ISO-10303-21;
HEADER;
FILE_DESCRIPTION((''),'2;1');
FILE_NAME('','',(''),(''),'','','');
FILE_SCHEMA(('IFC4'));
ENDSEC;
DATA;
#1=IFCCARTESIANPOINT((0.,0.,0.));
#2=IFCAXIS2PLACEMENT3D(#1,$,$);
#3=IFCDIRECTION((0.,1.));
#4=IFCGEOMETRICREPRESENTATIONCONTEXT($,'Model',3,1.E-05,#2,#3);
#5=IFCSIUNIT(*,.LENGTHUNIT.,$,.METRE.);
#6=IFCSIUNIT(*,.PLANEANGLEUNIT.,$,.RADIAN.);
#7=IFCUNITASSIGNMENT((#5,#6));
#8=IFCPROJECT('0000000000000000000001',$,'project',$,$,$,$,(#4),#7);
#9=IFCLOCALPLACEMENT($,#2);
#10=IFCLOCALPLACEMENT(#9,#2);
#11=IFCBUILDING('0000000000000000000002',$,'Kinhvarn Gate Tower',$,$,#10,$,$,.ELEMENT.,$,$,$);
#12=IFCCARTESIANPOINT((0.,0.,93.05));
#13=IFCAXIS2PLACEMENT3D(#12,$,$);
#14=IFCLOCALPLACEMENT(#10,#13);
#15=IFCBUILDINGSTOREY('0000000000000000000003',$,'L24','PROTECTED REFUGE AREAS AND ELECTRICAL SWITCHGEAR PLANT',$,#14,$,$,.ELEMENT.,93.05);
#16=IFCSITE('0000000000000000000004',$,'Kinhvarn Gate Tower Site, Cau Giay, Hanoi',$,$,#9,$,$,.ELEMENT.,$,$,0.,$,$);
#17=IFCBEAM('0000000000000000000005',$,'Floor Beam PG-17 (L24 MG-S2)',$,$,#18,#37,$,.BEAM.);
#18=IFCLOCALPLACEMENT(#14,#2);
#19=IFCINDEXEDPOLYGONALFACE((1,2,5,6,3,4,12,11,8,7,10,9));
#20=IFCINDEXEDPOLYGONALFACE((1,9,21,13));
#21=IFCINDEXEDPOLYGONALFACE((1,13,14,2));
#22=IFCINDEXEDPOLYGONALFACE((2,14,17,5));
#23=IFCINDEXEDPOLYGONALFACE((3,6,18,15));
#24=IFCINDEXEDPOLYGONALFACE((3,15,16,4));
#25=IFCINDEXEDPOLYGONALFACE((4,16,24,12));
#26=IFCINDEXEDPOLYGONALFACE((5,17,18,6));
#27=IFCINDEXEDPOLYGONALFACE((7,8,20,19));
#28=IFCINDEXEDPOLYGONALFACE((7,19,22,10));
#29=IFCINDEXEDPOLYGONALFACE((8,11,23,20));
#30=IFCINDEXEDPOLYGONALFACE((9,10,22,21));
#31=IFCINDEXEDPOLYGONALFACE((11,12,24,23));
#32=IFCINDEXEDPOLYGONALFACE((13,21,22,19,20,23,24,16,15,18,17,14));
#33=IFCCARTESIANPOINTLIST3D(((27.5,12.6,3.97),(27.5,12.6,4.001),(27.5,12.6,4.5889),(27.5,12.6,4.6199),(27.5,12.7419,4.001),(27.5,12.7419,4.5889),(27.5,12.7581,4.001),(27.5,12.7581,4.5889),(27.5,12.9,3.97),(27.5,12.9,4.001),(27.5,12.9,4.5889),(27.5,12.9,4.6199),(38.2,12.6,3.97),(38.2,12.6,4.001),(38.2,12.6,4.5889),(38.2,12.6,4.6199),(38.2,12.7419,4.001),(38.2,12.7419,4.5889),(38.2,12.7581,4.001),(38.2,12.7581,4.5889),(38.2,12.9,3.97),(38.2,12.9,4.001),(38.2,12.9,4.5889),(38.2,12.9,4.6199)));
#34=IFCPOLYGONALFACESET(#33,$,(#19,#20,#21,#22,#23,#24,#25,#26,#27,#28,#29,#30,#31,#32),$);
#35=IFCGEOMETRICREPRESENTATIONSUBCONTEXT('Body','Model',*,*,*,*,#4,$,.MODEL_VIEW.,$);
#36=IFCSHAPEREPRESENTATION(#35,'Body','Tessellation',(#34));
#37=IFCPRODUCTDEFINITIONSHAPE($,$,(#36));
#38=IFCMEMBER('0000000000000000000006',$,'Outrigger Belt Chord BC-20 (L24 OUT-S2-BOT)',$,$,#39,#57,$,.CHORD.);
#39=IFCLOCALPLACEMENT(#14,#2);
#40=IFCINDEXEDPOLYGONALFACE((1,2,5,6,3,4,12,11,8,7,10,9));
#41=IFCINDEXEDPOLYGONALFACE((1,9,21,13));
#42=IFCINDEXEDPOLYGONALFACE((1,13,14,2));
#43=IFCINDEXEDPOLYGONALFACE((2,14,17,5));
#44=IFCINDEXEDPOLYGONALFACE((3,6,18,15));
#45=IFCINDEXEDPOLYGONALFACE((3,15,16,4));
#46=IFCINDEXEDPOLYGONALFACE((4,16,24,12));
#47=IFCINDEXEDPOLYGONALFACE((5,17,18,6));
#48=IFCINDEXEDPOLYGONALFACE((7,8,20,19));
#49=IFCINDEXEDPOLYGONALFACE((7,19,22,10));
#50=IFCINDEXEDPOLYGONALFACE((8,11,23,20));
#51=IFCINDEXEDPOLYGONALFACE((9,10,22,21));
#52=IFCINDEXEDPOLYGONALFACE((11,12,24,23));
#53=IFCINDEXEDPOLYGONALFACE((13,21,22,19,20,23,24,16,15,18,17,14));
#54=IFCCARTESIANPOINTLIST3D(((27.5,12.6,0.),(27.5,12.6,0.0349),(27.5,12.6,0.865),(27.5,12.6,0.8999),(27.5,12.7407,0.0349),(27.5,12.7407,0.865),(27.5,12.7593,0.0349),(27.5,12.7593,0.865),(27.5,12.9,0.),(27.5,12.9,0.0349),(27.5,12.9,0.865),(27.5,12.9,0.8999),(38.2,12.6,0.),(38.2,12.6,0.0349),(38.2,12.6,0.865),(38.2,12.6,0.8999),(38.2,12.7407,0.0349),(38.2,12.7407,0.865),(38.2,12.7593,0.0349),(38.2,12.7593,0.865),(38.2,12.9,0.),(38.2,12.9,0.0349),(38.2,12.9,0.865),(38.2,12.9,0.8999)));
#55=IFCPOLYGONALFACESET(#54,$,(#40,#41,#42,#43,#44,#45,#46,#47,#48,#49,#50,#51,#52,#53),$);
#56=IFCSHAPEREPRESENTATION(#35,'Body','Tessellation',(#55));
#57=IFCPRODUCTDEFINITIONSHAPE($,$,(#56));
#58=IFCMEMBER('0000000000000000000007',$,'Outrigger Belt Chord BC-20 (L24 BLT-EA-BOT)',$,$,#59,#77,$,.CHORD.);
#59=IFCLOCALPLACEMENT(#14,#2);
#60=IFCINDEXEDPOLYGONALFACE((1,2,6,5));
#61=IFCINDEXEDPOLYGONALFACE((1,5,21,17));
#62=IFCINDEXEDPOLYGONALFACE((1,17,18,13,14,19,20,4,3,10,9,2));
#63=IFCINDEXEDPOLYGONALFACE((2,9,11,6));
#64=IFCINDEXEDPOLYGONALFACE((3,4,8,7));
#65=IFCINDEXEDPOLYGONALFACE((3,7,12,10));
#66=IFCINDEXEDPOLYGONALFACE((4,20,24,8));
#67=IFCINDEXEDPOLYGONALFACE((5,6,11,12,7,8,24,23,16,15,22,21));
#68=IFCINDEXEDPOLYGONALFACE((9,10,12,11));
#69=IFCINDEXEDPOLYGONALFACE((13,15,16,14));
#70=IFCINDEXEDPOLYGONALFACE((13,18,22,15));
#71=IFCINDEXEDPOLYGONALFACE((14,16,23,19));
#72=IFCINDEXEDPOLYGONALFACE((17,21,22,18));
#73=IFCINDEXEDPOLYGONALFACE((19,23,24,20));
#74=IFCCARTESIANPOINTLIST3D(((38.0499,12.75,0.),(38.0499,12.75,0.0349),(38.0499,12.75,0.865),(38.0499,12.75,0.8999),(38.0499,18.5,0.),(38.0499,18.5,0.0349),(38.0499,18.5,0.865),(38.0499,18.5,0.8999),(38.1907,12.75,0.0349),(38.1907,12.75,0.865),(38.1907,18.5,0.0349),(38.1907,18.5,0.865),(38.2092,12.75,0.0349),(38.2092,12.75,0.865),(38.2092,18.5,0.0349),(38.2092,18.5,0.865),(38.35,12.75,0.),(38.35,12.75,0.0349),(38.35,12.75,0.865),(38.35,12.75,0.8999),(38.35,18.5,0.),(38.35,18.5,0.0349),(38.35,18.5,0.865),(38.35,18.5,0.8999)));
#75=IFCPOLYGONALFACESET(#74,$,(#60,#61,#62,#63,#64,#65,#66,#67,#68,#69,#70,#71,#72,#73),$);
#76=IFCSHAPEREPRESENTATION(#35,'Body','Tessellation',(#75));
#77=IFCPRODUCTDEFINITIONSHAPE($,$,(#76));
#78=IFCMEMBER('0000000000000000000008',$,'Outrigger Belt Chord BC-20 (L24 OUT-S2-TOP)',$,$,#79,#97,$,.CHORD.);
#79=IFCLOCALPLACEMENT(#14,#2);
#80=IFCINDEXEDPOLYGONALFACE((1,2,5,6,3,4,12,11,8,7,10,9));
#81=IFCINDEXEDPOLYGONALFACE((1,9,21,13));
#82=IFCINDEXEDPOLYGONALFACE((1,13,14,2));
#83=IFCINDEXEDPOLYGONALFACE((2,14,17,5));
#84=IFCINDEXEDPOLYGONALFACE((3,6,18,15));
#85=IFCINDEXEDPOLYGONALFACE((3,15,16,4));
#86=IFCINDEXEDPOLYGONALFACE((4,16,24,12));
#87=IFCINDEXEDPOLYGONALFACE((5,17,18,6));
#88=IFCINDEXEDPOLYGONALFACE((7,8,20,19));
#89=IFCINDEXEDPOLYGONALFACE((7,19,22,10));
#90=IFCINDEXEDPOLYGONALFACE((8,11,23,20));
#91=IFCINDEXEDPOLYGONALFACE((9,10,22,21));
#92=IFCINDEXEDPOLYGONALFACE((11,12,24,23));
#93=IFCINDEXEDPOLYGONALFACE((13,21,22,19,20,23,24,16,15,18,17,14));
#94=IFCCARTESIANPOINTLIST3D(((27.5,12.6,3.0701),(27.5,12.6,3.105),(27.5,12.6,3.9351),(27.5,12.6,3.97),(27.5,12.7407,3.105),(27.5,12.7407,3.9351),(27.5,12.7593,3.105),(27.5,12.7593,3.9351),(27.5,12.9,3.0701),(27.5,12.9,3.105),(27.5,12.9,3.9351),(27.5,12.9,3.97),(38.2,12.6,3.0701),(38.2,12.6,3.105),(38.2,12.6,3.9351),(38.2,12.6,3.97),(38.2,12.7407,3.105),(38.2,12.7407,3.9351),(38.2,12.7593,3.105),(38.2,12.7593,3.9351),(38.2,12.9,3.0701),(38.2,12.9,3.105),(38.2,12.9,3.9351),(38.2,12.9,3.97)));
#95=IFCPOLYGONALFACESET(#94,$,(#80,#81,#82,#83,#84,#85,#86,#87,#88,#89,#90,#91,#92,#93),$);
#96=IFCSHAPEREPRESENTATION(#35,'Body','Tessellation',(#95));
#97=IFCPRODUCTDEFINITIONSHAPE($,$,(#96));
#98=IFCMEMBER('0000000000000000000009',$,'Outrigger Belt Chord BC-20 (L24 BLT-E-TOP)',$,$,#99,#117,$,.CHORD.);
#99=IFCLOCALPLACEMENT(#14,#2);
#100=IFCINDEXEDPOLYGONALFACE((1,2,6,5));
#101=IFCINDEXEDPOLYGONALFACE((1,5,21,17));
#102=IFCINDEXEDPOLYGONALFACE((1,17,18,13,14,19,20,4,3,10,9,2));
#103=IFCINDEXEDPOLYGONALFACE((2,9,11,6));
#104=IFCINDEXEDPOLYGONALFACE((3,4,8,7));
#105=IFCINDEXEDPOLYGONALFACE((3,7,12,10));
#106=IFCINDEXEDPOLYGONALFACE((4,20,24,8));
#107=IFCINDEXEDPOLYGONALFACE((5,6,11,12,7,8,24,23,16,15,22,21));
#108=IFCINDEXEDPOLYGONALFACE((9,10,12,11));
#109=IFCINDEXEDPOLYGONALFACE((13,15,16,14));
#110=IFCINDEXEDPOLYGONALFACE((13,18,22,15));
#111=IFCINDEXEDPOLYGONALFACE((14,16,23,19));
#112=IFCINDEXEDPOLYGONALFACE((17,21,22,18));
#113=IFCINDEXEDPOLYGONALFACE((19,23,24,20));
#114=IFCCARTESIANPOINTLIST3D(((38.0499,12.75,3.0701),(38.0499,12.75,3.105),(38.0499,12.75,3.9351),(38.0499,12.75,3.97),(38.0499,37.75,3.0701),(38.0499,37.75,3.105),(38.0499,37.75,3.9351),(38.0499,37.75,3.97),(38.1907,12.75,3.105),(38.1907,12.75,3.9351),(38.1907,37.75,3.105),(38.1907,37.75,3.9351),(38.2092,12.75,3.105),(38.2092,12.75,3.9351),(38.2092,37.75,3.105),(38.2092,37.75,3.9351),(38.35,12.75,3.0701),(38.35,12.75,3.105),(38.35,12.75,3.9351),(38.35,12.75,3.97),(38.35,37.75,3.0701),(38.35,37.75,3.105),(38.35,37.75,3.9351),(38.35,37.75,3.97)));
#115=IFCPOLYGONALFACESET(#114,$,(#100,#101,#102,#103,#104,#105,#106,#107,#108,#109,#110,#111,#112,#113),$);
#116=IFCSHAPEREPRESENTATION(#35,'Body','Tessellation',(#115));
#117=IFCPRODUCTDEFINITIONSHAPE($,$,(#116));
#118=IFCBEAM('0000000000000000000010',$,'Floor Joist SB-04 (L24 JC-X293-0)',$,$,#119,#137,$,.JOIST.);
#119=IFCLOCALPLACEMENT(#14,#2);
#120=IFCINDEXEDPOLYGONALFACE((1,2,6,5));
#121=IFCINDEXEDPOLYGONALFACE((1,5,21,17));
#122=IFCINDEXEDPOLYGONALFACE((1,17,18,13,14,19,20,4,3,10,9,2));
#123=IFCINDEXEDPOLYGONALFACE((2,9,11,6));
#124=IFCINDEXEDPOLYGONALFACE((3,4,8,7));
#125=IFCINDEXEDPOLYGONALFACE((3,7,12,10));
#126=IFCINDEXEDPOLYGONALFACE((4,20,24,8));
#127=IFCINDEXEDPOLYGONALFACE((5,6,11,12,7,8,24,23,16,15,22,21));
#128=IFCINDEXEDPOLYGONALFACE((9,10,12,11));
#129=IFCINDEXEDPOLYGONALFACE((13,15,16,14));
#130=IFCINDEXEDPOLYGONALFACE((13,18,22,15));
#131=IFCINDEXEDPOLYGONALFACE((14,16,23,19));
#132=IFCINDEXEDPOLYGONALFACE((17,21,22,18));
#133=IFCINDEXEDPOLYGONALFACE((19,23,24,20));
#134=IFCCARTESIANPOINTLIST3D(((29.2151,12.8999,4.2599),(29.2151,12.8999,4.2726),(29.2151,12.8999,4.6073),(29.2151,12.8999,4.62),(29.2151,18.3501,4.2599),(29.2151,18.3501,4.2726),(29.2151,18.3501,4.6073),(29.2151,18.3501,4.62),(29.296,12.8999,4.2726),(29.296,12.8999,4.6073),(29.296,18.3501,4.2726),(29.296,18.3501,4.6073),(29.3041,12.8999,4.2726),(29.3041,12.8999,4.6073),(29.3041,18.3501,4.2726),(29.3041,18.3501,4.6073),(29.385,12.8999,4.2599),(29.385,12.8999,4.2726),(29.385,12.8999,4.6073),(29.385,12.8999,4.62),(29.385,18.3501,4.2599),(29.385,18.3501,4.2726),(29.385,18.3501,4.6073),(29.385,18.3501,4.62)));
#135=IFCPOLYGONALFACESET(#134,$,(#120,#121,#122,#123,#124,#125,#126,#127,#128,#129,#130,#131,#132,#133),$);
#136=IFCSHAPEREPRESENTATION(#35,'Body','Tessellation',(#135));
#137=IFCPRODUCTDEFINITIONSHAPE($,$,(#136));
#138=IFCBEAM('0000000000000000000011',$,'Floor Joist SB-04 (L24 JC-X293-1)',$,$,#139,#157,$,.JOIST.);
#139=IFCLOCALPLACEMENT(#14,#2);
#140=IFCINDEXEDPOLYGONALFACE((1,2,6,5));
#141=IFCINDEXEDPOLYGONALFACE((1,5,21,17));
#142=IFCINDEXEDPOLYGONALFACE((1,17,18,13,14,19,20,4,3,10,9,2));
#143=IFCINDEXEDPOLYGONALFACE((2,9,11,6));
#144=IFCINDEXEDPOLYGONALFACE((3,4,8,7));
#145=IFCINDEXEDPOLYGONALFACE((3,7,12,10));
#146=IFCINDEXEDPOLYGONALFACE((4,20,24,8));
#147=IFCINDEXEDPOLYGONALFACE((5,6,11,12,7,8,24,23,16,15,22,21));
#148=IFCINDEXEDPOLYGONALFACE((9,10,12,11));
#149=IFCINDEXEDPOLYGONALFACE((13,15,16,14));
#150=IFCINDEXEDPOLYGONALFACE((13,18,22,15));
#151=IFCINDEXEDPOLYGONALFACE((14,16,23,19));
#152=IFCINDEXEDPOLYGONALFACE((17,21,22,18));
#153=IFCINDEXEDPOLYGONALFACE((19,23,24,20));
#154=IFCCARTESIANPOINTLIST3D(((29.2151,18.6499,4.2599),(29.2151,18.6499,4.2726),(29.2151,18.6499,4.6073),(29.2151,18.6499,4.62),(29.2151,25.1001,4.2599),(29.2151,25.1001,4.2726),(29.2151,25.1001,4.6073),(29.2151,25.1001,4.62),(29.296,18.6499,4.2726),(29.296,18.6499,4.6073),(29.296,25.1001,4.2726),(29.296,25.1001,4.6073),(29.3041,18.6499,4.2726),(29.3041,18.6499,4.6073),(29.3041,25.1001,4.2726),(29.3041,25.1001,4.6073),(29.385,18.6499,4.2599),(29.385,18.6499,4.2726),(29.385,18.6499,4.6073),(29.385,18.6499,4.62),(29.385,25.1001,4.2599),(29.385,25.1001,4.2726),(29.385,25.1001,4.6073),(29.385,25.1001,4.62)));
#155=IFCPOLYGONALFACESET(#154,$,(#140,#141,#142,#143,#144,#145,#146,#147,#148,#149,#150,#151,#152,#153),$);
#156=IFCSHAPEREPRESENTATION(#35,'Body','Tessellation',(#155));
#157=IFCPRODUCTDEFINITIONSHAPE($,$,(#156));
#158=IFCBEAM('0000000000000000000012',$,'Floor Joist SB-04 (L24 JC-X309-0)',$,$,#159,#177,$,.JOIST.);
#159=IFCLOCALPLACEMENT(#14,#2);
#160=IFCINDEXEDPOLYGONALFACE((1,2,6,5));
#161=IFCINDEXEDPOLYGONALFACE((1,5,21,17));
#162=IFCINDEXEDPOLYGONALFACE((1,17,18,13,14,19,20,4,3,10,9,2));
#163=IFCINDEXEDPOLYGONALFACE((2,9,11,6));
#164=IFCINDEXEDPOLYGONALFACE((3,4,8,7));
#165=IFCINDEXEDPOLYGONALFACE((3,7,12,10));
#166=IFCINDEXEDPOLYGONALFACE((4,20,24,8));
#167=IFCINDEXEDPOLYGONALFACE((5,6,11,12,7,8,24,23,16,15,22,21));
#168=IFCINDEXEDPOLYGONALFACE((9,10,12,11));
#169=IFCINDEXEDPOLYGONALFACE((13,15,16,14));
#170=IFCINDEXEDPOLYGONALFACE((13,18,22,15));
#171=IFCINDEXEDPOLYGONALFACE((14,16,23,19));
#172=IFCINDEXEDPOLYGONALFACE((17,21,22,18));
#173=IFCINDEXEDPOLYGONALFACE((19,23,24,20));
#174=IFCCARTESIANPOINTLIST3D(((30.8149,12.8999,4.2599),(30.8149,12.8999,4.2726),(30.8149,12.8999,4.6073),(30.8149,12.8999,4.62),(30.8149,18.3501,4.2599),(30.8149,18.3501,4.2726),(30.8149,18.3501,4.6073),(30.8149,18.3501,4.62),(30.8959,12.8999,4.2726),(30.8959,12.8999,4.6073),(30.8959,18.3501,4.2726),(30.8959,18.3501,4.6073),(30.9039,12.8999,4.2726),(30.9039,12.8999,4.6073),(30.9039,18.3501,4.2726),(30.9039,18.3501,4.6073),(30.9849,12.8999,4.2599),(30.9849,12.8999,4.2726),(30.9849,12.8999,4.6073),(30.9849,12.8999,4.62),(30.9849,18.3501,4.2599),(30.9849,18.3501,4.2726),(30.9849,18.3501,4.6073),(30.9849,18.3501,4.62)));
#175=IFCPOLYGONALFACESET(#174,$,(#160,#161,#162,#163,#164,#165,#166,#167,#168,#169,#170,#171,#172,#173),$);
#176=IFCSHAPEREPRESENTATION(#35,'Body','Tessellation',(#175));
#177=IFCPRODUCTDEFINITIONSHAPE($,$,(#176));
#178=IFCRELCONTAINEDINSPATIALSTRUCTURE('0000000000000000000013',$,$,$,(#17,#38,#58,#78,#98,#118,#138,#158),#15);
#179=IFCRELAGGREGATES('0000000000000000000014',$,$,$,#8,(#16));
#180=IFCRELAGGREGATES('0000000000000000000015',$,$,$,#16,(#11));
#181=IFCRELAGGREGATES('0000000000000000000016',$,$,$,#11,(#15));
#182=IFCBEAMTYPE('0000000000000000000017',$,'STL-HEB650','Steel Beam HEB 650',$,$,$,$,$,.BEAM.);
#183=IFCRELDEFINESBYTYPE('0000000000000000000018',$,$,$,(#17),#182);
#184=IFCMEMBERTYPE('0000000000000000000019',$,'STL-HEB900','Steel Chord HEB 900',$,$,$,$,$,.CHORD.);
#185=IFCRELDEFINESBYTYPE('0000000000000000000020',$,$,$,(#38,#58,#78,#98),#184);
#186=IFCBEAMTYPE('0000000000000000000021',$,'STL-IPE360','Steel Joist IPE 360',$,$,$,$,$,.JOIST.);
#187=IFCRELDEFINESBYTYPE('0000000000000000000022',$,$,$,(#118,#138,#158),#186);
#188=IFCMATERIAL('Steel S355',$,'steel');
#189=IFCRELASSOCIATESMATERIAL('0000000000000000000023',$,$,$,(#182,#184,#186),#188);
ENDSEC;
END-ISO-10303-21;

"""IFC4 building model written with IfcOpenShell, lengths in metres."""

from ifc_helpers import new_model, si_unit, direction, frame, origin, origin_2d, place, context, subcontext, project, spatial, i_section, extrude, material, material_profile, profile_set, type_object, element, save


model = new_model("IFC4")

# Units and contexts
model_context = context("Model", 3, precision=1e-05, world=origin(), true_north=direction((0.0, 1.0)))
body_context = subcontext(model_context, "Body", "Model", "MODEL_VIEW")
ifc_project = project(units=[si_unit("LENGTHUNIT", "METRE"), si_unit("PLANEANGLEUNIT", "RADIAN")], contexts=[model_context])

# Site, building, storey
site_placement = place(None, origin())
site = spatial("IfcSite", under=ifc_project, at=site_placement, Name="Kinhvarn Gate Tower Site, Cau Giay, Hanoi", CompositionType="ELEMENT", RefElevation=0.0)
building_placement = place(site_placement, origin())
building = spatial("IfcBuilding", under=site, at=building_placement, Name="Kinhvarn Gate Tower", CompositionType="ELEMENT")
storey_placement = place(building_placement, frame((0.0, 0.0, 93.05)))
storey = spatial("IfcBuildingStorey", under=building, at=storey_placement, Name="L24", Description="PROTECTED REFUGE AREAS AND ELECTRICAL SWITCHGEAR PLANT", CompositionType="ELEMENT", Elevation=93.05)

# Shared definitions
ifc_material_1 = material(Name="Steel S355", Category="steel")

# Beam
ifc_material_profile_1 = material_profile(ifc_material_1, i_section(OverallWidth=0.3, OverallDepth=0.6499, WebThickness=0.0161, FlangeThickness=0.031, at=origin_2d()), Name="HEB 650")
ifc_profile_set_1 = profile_set([ifc_material_profile_1], Name="Steel S355")
beam_type_1 = type_object("IfcBeamType", Name="STL-HEB650", Description="Steel Beam HEB 650", PredefinedType="BEAM", material=ifc_profile_set_1)
beam_1_placement = place(storey_placement, frame((27.5, 12.75, 4.2949), z_axis=(1.0, 0.0, 0.0), x_axis=(0.0, 1.0, 0.0)))
element("IfcBeam", 1, at=beam_1_placement, inside=storey, type_object=beam_type_1, Name="Floor Beam PG-17 (L24 MG-S2)", PredefinedType="BEAM", context=body_context, shape_type="SweptSolid", body=[
    extrude(i_section(OverallWidth=0.3, OverallDepth=0.6499, WebThickness=0.0161, FlangeThickness=0.031, at=origin_2d()), origin(), (0.0, 0.0, 1.0), 10.7),
])

# Members
ifc_material_profile_2 = material_profile(ifc_material_1, i_section(OverallWidth=0.3, OverallDepth=0.8999, WebThickness=0.0186, FlangeThickness=0.0349, at=origin_2d()), Name="HEB 900")
ifc_profile_set_2 = profile_set([ifc_material_profile_2], Name="Steel S355")
member_type_1 = type_object("IfcMemberType", Name="STL-HEB900", Description="Steel Chord HEB 900", PredefinedType="CHORD", material=ifc_profile_set_2)
member_1_placement = place(storey_placement, frame((27.5, 12.75, 0.45), z_axis=(1.0, 0.0, 0.0), x_axis=(0.0, 1.0, 0.0)))
element("IfcMember", 2, at=member_1_placement, inside=storey, type_object=member_type_1, Name="Outrigger Belt Chord BC-20 (L24 OUT-S2-BOT)", PredefinedType="CHORD", context=body_context, shape_type="SweptSolid", body=[
    extrude(i_section(OverallWidth=0.3, OverallDepth=0.8999, WebThickness=0.0186, FlangeThickness=0.0349, at=origin_2d()), origin(), (0.0, 0.0, 1.0), 10.7),
])
member_2_placement = place(storey_placement, frame((38.2, 12.75, 0.45), z_axis=(0.0, 1.0, 0.0), x_axis=(-1.0, 0.0, 0.0)))
element("IfcMember", 3, at=member_2_placement, inside=storey, type_object=member_type_1, Name="Outrigger Belt Chord BC-20 (L24 BLT-EA-BOT)", PredefinedType="CHORD", context=body_context, shape_type="SweptSolid", body=[
    extrude(i_section(OverallWidth=0.3, OverallDepth=0.8999, WebThickness=0.0186, FlangeThickness=0.0349, at=origin_2d()), origin(), (0.0, 0.0, 1.0), 5.75),
])
member_3_placement = place(storey_placement, frame((27.5, 12.75, 3.52), z_axis=(1.0, 0.0, 0.0), x_axis=(0.0, 1.0, 0.0)))
element("IfcMember", 4, at=member_3_placement, inside=storey, type_object=member_type_1, Name="Outrigger Belt Chord BC-20 (L24 OUT-S2-TOP)", PredefinedType="CHORD", context=body_context, shape_type="SweptSolid", body=[
    extrude(i_section(OverallWidth=0.3, OverallDepth=0.8999, WebThickness=0.0186, FlangeThickness=0.0349, at=origin_2d()), origin(), (0.0, 0.0, 1.0), 10.7),
])
member_4_placement = place(storey_placement, frame((38.2, 12.75, 3.52), z_axis=(0.0, 1.0, 0.0), x_axis=(-1.0, 0.0, 0.0)))
element("IfcMember", 5, at=member_4_placement, inside=storey, type_object=member_type_1, Name="Outrigger Belt Chord BC-20 (L24 BLT-E-TOP)", PredefinedType="CHORD", context=body_context, shape_type="SweptSolid", body=[
    extrude(i_section(OverallWidth=0.3, OverallDepth=0.8999, WebThickness=0.0186, FlangeThickness=0.0349, at=origin_2d()), origin(), (0.0, 0.0, 1.0), 25.0),
])

# Beams
ifc_material_profile_3 = material_profile(ifc_material_1, i_section(OverallWidth=0.1699, OverallDepth=0.3601, WebThickness=0.0081, FlangeThickness=0.0127, at=origin_2d()), Name="IPE 360")
ifc_profile_set_3 = profile_set([ifc_material_profile_3], Name="Steel S355")
beam_type_2 = type_object("IfcBeamType", Name="STL-IPE360", Description="Steel Joist IPE 360", PredefinedType="JOIST", material=ifc_profile_set_3)
beam_2_placement = place(storey_placement, frame((29.3, 12.8999, 4.4399), z_axis=(0.0, 1.0, 0.0), x_axis=(-1.0, 0.0, 0.0)))
element("IfcBeam", 6, at=beam_2_placement, inside=storey, type_object=beam_type_2, Name="Floor Joist SB-04 (L24 JC-X293-0)", PredefinedType="JOIST", context=body_context, shape_type="SweptSolid", body=[
    extrude(i_section(OverallWidth=0.1699, OverallDepth=0.3601, WebThickness=0.0081, FlangeThickness=0.0127, at=origin_2d()), origin(), (0.0, 0.0, 1.0), 5.4502),
])
beam_3_placement = place(storey_placement, frame((29.3, 18.6499, 4.4399), z_axis=(0.0, 1.0, 0.0), x_axis=(-1.0, 0.0, 0.0)))
element("IfcBeam", 7, at=beam_3_placement, inside=storey, type_object=beam_type_2, Name="Floor Joist SB-04 (L24 JC-X293-1)", PredefinedType="JOIST", context=body_context, shape_type="SweptSolid", body=[
    extrude(i_section(OverallWidth=0.1699, OverallDepth=0.3601, WebThickness=0.0081, FlangeThickness=0.0127, at=origin_2d()), origin(), (0.0, 0.0, 1.0), 6.4502),
])
beam_4_placement = place(storey_placement, frame((30.8999, 12.8999, 4.4399), z_axis=(0.0, 1.0, 0.0), x_axis=(-1.0, 0.0, 0.0)))
element("IfcBeam", 8, at=beam_4_placement, inside=storey, type_object=beam_type_2, Name="Floor Joist SB-04 (L24 JC-X309-0)", PredefinedType="JOIST", context=body_context, shape_type="SweptSolid", body=[
    extrude(i_section(OverallWidth=0.1699, OverallDepth=0.3601, WebThickness=0.0081, FlangeThickness=0.0127, at=origin_2d()), origin(), (0.0, 0.0, 1.0), 5.4502),
])

save(model, "model.ifc")
